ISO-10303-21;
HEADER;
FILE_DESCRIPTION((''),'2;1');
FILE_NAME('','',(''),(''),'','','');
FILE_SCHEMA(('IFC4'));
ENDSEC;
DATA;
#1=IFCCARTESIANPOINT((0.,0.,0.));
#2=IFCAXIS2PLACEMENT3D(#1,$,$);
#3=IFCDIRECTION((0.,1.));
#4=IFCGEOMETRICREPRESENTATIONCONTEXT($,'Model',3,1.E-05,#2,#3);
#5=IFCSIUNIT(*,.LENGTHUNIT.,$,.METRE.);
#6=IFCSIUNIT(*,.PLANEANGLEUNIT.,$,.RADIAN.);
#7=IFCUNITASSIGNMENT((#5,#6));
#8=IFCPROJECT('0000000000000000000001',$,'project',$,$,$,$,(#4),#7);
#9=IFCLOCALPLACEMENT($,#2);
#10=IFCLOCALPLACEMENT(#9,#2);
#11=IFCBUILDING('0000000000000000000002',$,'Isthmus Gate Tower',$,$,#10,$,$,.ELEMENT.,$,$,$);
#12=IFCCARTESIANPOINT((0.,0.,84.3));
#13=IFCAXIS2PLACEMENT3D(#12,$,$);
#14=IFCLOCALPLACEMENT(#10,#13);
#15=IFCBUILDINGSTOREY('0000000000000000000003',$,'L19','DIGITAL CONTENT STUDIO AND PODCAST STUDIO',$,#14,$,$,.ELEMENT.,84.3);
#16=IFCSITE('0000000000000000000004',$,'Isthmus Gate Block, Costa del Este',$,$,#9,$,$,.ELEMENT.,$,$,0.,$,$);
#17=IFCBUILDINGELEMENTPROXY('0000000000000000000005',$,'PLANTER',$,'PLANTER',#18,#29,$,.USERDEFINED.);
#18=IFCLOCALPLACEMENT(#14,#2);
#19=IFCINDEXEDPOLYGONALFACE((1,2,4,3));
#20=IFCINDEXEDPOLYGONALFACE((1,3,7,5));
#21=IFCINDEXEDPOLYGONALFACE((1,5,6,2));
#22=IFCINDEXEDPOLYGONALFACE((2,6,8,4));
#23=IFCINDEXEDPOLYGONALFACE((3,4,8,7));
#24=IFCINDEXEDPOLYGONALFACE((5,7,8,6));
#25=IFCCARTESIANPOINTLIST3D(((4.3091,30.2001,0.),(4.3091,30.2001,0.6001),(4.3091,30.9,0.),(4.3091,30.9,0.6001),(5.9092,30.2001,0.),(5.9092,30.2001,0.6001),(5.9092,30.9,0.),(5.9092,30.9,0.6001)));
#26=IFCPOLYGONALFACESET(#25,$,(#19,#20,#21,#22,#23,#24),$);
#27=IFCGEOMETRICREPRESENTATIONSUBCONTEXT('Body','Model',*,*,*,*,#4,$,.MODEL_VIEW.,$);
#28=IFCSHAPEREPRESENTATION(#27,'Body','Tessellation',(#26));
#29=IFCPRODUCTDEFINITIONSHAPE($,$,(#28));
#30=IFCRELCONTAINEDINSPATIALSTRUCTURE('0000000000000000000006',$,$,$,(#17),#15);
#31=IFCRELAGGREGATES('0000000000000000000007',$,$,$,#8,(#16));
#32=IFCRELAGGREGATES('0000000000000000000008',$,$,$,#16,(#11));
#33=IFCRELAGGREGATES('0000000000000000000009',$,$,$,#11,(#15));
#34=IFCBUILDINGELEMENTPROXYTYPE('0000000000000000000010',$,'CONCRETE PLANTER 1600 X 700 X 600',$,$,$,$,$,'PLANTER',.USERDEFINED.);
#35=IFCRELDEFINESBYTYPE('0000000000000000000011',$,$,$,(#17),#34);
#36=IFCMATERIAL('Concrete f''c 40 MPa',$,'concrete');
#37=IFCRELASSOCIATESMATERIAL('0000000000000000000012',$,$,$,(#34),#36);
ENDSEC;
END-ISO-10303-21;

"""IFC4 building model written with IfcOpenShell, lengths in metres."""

from ifc_helpers import new_model, si_unit, direction, frame, origin, origin_2d, place, context, subcontext, project, spatial, rectangle, extrude, material, type_object, element, save


model = new_model("IFC4")

# Units and contexts
model_context = context("Model", 3, precision=1e-05, world=origin(), true_north=direction((0.0, 1.0)))
body_context = subcontext(model_context, "Body", "Model", "MODEL_VIEW")
ifc_project = project(units=[si_unit("LENGTHUNIT", "METRE"), si_unit("PLANEANGLEUNIT", "RADIAN")], contexts=[model_context])

# Site, building, storey
site_placement = place(None, origin())
site = spatial("IfcSite", under=ifc_project, at=site_placement, Name="Isthmus Gate Block, Costa del Este", CompositionType="ELEMENT", RefElevation=0.0)
building_placement = place(site_placement, origin())
building = spatial("IfcBuilding", under=site, at=building_placement, Name="Isthmus Gate Tower", CompositionType="ELEMENT")
storey_placement = place(building_placement, frame((0.0, 0.0, 84.3)))
storey = spatial("IfcBuildingStorey", under=building, at=storey_placement, Name="L19", Description="DIGITAL CONTENT STUDIO AND PODCAST STUDIO", CompositionType="ELEMENT", Elevation=84.3)

# Building element proxy
ifc_material_1 = material(Name="Concrete f'c 40 MPa", Category="concrete")
building_element_proxy_type = type_object("IfcBuildingElementProxyType", Name="CONCRETE PLANTER 1600 X 700 X 600", ElementType="PLANTER", PredefinedType="USERDEFINED", material=ifc_material_1)
for number, where, z_axis, x_axis, name in (
    (1, (5.1091, 30.55, 0.0), (0.0, 0.0, 1.0), (-1.0, 0.0, 0.0), "PLANTER"),
):
    element("IfcBuildingElementProxy", number, at=place(storey_placement, frame(where, z_axis=z_axis, x_axis=x_axis)), inside=storey, type_object=building_element_proxy_type, Name=name, ObjectType="PLANTER", PredefinedType="USERDEFINED", context=body_context, shape_type="SweptSolid", body=[
        extrude(rectangle(XDim=1.6001, YDim=0.7, at=origin_2d()), origin(), (0.0, 0.0, 1.0), 0.6001),
    ])

save(model, "model.ifc")
